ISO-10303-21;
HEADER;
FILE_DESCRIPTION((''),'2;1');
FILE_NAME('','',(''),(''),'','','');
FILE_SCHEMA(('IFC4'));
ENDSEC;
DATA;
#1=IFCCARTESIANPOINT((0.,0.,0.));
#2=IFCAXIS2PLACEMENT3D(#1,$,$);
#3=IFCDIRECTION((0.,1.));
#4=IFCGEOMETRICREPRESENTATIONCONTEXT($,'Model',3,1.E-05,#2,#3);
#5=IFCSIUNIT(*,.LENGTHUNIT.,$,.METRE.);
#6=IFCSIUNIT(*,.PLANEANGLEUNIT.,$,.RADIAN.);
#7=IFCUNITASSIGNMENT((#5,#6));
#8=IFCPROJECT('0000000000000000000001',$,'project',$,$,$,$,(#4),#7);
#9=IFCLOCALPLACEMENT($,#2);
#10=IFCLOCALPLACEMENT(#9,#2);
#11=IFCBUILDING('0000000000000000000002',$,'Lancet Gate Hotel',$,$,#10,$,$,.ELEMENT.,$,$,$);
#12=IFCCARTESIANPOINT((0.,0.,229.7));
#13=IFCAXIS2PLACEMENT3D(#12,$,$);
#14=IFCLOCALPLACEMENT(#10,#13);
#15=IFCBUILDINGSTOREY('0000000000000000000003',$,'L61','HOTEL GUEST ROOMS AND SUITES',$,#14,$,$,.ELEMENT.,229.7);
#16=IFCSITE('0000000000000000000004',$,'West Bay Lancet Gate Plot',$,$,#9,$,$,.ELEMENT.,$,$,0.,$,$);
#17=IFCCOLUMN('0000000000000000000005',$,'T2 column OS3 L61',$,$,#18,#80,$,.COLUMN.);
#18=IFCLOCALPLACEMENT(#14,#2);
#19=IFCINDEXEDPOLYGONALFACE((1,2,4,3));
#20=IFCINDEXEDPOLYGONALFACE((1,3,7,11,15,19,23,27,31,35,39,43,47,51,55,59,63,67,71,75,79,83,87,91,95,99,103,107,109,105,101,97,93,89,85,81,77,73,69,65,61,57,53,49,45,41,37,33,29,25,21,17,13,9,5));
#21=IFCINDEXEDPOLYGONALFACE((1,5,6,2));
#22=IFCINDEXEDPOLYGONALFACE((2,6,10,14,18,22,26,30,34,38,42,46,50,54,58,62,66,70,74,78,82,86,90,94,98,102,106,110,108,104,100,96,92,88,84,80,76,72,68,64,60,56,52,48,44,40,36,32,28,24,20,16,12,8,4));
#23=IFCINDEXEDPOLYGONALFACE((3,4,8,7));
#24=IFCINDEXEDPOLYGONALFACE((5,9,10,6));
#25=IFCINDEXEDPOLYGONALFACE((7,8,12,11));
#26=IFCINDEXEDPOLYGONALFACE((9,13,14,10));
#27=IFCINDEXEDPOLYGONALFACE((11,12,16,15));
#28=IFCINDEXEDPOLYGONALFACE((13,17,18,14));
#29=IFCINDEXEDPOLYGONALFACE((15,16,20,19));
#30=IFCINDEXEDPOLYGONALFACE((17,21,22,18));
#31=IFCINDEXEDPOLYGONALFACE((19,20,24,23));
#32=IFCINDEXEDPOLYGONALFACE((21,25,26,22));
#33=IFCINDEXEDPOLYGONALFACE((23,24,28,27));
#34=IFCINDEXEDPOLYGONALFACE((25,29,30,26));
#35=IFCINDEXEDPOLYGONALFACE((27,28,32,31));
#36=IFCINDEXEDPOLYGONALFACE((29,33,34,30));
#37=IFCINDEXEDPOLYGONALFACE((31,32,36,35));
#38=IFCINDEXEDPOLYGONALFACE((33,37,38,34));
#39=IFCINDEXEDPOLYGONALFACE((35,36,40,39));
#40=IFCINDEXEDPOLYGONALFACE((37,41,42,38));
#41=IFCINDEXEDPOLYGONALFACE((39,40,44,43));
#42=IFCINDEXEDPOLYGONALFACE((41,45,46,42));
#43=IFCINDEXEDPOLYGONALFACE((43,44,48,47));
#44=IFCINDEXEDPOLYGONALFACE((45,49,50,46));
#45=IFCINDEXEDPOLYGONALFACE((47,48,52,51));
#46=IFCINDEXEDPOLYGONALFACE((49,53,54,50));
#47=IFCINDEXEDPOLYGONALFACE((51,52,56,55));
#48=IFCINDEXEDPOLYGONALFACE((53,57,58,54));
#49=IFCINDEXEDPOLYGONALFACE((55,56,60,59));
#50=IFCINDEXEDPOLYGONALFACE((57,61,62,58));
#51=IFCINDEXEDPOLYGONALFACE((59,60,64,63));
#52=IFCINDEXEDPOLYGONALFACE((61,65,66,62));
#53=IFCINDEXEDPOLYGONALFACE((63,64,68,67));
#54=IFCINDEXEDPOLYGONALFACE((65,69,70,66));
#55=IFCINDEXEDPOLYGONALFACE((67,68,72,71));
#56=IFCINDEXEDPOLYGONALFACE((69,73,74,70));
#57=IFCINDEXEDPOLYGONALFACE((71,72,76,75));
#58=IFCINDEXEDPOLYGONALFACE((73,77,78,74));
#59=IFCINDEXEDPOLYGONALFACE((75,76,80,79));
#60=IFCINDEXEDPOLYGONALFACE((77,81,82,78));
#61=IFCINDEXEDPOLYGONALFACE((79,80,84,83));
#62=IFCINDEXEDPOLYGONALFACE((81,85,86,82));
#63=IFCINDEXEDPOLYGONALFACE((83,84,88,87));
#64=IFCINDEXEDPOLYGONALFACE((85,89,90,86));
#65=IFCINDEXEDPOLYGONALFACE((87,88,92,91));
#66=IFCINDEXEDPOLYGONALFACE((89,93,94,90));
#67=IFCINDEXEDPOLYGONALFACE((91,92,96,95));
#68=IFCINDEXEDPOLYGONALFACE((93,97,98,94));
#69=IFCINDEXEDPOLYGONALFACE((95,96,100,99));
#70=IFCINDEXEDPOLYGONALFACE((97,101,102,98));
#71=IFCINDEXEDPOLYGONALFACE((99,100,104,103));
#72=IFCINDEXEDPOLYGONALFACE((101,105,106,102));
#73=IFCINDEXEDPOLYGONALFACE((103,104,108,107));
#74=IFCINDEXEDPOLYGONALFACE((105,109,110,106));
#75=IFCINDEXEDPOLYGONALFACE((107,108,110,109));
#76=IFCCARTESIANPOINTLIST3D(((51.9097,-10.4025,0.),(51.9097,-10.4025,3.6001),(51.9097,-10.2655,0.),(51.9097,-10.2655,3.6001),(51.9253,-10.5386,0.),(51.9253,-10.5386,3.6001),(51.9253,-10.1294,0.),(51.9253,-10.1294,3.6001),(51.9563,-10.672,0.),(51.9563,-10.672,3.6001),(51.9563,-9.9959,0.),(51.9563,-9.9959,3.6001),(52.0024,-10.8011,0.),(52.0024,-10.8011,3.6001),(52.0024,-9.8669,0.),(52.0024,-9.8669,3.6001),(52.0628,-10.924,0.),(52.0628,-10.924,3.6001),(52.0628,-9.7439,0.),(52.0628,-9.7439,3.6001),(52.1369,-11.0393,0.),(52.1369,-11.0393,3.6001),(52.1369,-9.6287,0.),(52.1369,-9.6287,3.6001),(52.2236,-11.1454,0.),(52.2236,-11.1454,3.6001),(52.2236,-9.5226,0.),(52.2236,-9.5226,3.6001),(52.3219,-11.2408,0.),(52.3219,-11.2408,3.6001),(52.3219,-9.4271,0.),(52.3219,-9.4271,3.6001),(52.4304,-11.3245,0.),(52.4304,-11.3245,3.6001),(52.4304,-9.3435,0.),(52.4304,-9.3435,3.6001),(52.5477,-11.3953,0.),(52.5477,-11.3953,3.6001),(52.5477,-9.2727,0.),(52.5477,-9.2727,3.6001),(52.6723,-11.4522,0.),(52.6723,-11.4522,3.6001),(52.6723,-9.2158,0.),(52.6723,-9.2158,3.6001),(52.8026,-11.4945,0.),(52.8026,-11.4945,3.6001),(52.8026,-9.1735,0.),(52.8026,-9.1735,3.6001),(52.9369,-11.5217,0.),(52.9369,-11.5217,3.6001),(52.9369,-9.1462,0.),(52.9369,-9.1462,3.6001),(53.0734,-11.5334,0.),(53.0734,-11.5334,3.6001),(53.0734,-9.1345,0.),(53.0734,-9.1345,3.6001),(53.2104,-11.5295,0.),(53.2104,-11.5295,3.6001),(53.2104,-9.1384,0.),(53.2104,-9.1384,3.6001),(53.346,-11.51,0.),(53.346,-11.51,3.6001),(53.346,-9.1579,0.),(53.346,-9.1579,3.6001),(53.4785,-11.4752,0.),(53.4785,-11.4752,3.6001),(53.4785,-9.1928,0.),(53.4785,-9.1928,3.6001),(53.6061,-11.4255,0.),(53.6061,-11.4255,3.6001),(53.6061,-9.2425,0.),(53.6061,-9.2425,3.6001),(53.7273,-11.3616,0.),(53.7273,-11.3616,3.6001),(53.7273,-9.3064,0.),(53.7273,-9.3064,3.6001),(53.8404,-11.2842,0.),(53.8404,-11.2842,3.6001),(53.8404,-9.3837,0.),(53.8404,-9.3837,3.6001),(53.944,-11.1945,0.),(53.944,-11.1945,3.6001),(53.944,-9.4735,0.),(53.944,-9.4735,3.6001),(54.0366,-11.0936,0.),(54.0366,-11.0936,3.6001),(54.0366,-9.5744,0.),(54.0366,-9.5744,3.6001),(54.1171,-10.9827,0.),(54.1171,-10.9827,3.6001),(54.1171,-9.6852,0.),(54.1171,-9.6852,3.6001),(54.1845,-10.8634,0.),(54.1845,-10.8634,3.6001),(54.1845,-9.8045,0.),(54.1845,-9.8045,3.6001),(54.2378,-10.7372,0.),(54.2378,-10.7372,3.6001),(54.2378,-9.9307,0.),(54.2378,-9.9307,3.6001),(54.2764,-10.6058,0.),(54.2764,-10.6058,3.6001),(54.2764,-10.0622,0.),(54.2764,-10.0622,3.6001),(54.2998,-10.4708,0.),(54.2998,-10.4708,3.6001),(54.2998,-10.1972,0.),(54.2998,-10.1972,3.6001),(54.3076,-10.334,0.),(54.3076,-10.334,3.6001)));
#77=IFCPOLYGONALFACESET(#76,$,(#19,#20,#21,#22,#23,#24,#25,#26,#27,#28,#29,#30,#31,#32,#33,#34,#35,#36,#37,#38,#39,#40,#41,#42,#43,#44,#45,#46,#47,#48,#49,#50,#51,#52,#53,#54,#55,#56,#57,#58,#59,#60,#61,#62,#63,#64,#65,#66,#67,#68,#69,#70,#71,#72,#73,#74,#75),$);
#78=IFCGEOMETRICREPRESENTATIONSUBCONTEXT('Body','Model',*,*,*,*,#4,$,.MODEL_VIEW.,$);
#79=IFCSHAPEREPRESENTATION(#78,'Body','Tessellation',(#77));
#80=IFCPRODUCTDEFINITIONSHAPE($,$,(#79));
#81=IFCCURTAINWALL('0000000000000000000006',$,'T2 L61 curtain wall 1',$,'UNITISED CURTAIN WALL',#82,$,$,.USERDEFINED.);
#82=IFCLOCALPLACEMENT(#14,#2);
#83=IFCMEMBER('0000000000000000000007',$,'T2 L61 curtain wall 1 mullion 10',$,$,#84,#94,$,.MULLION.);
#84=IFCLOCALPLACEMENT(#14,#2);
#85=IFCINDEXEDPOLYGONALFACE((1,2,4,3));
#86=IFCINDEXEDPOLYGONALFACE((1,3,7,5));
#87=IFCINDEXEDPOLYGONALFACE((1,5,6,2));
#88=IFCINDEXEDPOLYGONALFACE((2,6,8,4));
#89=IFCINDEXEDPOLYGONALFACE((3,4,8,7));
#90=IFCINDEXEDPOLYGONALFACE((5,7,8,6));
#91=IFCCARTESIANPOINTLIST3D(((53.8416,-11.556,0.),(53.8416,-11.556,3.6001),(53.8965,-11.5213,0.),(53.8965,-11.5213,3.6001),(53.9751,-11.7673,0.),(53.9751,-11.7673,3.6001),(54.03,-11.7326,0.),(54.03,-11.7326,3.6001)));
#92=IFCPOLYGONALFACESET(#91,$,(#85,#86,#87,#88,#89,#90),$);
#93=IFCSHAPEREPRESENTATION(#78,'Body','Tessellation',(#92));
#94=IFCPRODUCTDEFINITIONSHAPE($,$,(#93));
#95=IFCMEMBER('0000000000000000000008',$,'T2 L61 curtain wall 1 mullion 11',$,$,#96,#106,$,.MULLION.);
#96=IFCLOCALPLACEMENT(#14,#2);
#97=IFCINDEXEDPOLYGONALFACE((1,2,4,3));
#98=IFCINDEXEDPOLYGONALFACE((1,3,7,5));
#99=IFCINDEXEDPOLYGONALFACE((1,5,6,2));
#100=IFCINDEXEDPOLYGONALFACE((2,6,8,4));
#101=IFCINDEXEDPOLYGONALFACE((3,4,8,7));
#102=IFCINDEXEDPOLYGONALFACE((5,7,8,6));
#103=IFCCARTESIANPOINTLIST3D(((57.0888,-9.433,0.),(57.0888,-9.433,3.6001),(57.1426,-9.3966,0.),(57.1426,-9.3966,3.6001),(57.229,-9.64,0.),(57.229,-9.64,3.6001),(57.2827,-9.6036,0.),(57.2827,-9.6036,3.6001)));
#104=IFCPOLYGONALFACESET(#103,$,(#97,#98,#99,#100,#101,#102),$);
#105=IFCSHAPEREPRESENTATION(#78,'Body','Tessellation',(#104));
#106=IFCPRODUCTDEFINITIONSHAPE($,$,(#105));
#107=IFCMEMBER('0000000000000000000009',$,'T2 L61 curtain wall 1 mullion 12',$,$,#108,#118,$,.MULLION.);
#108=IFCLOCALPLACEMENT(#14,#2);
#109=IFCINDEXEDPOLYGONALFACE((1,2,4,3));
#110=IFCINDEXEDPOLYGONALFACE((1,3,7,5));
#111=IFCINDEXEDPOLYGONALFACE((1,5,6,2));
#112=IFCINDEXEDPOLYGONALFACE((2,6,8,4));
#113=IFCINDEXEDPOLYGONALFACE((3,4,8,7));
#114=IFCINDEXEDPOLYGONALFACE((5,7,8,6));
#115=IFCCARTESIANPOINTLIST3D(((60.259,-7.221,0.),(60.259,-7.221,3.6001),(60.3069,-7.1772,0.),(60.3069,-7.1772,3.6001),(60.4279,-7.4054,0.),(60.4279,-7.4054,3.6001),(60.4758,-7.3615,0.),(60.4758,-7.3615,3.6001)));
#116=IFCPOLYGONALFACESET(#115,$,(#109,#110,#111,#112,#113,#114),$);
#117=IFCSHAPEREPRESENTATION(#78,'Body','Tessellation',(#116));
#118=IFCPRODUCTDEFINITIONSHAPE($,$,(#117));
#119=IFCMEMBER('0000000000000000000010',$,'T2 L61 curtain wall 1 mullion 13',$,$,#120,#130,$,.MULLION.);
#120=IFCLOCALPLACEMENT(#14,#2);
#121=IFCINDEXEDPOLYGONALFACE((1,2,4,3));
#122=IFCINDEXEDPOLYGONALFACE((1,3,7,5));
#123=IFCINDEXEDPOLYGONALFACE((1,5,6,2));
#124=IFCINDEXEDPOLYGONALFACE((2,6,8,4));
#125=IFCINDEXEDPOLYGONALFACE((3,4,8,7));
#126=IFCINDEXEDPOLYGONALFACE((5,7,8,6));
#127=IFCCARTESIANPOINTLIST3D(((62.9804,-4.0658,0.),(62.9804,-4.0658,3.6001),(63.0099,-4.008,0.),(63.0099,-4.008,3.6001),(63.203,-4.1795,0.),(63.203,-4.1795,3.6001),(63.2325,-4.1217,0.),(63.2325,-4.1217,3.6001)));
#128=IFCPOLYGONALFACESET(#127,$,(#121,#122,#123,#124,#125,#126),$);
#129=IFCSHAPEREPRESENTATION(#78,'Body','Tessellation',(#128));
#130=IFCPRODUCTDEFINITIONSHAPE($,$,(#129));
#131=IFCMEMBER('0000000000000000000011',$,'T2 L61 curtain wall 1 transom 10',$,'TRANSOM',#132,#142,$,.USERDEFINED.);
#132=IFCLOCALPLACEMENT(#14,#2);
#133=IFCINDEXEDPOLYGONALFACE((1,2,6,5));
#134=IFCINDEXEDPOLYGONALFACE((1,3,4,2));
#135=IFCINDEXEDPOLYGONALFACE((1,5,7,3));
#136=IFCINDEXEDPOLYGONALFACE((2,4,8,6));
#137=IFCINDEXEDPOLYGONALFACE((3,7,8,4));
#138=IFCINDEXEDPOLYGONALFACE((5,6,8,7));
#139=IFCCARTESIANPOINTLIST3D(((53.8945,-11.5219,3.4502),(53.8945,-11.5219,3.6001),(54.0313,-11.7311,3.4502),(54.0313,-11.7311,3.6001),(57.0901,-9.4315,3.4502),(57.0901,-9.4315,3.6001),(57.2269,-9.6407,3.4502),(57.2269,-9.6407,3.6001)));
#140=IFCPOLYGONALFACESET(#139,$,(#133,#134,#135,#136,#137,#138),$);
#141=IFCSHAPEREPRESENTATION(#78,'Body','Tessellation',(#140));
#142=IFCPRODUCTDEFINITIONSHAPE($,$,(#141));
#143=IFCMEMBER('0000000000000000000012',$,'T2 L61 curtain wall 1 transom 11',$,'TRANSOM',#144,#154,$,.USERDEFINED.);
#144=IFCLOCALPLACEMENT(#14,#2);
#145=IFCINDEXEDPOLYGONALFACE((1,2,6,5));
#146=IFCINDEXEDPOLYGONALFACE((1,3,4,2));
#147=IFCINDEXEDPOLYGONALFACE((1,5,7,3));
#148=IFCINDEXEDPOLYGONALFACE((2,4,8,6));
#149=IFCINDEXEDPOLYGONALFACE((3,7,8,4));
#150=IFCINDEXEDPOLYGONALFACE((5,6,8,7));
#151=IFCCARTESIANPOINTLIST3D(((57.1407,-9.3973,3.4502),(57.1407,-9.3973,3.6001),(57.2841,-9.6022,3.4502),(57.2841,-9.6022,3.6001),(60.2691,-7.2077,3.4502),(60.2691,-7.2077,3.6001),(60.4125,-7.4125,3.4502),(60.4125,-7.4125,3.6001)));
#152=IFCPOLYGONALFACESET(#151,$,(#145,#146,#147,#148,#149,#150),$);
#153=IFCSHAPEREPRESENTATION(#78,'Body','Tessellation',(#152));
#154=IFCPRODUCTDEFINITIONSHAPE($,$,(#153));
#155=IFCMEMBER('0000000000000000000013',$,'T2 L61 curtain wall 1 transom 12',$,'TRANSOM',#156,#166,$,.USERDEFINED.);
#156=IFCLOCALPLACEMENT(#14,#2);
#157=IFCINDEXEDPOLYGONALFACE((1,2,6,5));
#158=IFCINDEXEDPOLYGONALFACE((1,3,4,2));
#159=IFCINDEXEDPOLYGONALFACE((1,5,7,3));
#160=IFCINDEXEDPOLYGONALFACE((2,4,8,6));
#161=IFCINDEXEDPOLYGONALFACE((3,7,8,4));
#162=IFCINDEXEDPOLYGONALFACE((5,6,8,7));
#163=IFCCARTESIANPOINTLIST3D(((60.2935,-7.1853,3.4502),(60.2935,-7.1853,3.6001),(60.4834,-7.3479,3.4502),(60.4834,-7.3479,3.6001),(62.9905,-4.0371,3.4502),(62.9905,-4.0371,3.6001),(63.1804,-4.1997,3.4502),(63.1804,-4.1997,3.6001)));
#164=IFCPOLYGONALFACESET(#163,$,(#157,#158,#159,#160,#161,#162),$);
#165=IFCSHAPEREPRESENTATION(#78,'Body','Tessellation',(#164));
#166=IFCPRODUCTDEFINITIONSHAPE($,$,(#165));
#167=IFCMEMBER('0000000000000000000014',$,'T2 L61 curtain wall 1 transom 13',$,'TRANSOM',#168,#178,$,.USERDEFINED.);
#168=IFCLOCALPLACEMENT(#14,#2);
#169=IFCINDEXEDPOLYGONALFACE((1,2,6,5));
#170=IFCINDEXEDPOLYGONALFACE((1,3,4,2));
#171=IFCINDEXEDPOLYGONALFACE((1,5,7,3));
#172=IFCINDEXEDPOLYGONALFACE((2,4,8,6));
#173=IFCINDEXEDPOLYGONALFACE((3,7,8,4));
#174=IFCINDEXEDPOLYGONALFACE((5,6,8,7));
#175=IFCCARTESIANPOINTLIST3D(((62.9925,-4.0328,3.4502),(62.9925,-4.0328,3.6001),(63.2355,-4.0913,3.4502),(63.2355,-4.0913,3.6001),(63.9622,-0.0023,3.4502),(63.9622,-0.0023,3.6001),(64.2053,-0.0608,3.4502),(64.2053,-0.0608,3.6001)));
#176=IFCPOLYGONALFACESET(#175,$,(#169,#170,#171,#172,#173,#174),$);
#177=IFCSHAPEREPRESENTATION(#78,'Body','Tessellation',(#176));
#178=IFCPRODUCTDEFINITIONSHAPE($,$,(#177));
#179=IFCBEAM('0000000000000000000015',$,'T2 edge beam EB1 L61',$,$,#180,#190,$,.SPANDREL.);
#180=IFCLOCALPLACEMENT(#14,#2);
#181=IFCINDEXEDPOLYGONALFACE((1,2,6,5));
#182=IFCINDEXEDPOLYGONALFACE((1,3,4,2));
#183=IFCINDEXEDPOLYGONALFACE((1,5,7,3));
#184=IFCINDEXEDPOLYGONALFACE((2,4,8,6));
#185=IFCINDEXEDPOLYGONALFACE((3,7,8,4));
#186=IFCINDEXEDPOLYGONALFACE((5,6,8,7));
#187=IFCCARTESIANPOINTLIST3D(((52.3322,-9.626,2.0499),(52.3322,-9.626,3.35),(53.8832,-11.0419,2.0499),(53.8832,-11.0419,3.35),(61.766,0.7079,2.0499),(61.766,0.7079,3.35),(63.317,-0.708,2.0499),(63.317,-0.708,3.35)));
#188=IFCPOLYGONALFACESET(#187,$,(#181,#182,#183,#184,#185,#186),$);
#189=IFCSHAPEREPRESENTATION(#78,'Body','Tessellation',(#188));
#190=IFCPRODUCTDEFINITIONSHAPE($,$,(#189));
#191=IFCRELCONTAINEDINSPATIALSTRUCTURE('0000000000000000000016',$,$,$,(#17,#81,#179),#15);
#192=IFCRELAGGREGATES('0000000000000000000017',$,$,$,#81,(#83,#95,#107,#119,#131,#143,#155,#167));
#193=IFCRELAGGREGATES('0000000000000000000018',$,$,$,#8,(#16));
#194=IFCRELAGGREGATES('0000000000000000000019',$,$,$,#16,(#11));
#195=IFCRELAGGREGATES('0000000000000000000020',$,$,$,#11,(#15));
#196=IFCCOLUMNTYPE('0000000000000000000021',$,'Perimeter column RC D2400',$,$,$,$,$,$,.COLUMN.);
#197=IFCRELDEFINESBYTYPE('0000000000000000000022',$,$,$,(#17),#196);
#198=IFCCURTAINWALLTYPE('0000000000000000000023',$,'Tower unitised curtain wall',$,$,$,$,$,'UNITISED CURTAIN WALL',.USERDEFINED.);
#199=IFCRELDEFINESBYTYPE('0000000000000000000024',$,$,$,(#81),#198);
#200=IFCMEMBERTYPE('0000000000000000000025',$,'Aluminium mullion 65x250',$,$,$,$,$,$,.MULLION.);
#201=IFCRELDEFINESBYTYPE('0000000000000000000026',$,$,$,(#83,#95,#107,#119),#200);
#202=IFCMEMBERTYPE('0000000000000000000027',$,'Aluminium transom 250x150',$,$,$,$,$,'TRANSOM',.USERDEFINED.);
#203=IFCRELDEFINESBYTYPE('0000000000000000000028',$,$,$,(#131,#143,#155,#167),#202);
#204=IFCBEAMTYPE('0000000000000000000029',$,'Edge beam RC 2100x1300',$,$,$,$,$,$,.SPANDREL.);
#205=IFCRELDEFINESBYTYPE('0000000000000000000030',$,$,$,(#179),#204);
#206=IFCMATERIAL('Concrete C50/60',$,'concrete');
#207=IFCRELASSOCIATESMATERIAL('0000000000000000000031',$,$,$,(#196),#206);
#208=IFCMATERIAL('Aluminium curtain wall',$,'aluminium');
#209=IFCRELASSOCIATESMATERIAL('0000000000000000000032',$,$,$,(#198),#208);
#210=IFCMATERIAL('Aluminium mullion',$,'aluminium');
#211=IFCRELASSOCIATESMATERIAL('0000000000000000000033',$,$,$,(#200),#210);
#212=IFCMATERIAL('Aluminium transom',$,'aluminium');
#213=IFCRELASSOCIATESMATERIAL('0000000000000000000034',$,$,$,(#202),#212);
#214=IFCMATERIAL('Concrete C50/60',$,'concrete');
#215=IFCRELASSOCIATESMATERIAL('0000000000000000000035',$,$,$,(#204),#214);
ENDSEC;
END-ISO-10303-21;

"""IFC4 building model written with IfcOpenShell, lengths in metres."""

from ifc_helpers import new_model, si_unit, direction, frame, origin, origin_2d, place, context, subcontext, project, spatial, rectangle, circle, extrude, material, material_profile, profile_set, type_object, element, aggregate, save


model = new_model("IFC4")

# Units and contexts
model_context = context("Model", 3, precision=1e-05, world=origin(), true_north=direction((0.0, 1.0)))
body_context = subcontext(model_context, "Body", "Model", "MODEL_VIEW")
ifc_project = project(units=[si_unit("LENGTHUNIT", "METRE"), si_unit("PLANEANGLEUNIT", "RADIAN")], contexts=[model_context])

# Site, building, storey
site_placement = place(None, origin())
site = spatial("IfcSite", under=ifc_project, at=site_placement, Name="West Bay Lancet Gate Plot", CompositionType="ELEMENT", RefElevation=0.0)
building_placement = place(site_placement, origin())
building = spatial("IfcBuilding", under=site, at=building_placement, Name="Lancet Gate Hotel", CompositionType="ELEMENT")
storey_placement = place(building_placement, frame((0.0, 0.0, 229.7)))
storey = spatial("IfcBuildingStorey", under=building, at=storey_placement, Name="L61", Description="HOTEL GUEST ROOMS AND SUITES", CompositionType="ELEMENT", Elevation=229.7)

# Column
ifc_material_1 = material(Name="Concrete C50/60", Category="concrete")
ifc_material_profile_1 = material_profile(ifc_material_1, circle(Radius=1.2, at=origin_2d()), Name="RC D2400")
ifc_profile_set_1 = profile_set([ifc_material_profile_1], Name="Concrete C50/60")
column_type = type_object("IfcColumnType", Name="Perimeter column RC D2400", PredefinedType="COLUMN", material=ifc_profile_set_1)
column_placement = place(storey_placement, frame((53.1077, -10.334, 0.0), z_axis=(0.0, 0.0, 1.0), x_axis=(1.0, 0.0, 0.0)))
element("IfcColumn", 1, at=column_placement, inside=storey, type_object=column_type, Name="T2 column OS3 L61", PredefinedType="COLUMN", context=body_context, shape_type="SweptSolid", body=[
    extrude(circle(Radius=1.2, at=origin_2d()), origin(), (0.0, 0.0, 1.0), 3.6001),
])

# Curtain wall, members
ifc_material_2 = material(Name="Aluminium curtain wall", Category="aluminium")
curtain_wall_type = type_object("IfcCurtainWallType", Name="Tower unitised curtain wall", ElementType="UNITISED CURTAIN WALL", PredefinedType="USERDEFINED", material=ifc_material_2)
curtain_wall_placement = place(storey_placement, origin())
curtain_wall = element("IfcCurtainWall", 2, at=curtain_wall_placement, inside=storey, type_object=curtain_wall_type, Name="T2 L61 curtain wall 1", ObjectType="UNITISED CURTAIN WALL", PredefinedType="USERDEFINED")
ifc_material_3 = material(Name="Aluminium mullion", Category="aluminium")
ifc_material_profile_2 = material_profile(ifc_material_3, rectangle(XDim=0.0649, YDim=0.25, at=origin_2d()), Name="MULLION 65x250")
ifc_profile_set_2 = profile_set([ifc_material_profile_2], Name="Aluminium mullion")
member_type_1 = type_object("IfcMemberType", Name="Aluminium mullion 65x250", PredefinedType="MULLION", material=ifc_profile_set_2)
member_1_placement = place(storey_placement, frame((53.9358, -11.6443, 0.0), z_axis=(0.0, 0.0, 1.0), x_axis=(0.84534, 0.534229, 0.0)))
member_1 = element("IfcMember", 3, at=member_1_placement, type_object=member_type_1, Name="T2 L61 curtain wall 1 mullion 10", PredefinedType="MULLION", context=body_context, shape_type="SweptSolid", body=[
    extrude(rectangle(XDim=0.0649, YDim=0.25, at=origin_2d()), origin(), (0.0, 0.0, 1.0), 3.6001),
])
member_2_placement = place(storey_placement, frame((57.1858, -9.5183, 0.0), z_axis=(0.0, 0.0, 1.0), x_axis=(0.828155, 0.5605, 0.0)))
member_2 = element("IfcMember", 4, at=member_2_placement, type_object=member_type_1, Name="T2 L61 curtain wall 1 mullion 11", PredefinedType="MULLION", context=body_context, shape_type="SweptSolid", body=[
    extrude(rectangle(XDim=0.0649, YDim=0.25, at=origin_2d()), origin(), (0.0, 0.0, 1.0), 3.6001),
])
member_3_placement = place(storey_placement, frame((60.3674, -7.2913, 0.0), z_axis=(0.0, 0.0, 1.0), x_axis=(0.737323, 0.67554, 0.0)))
member_3 = element("IfcMember", 5, at=member_3_placement, type_object=member_type_1, Name="T2 L61 curtain wall 1 mullion 12", PredefinedType="MULLION", context=body_context, shape_type="SweptSolid", body=[
    extrude(rectangle(XDim=0.0649, YDim=0.25, at=origin_2d()), origin(), (0.0, 0.0, 1.0), 3.6001),
])
member_4_placement = place(storey_placement, frame((63.1064, -4.0938, 0.0), z_axis=(0.0, 0.0, 1.0), x_axis=(0.454853, 0.890567, 0.0)))
member_4 = element("IfcMember", 6, at=member_4_placement, type_object=member_type_1, Name="T2 L61 curtain wall 1 mullion 13", PredefinedType="MULLION", context=body_context, shape_type="SweptSolid", body=[
    extrude(rectangle(XDim=0.0649, YDim=0.25, at=origin_2d()), origin(), (0.0, 0.0, 1.0), 3.6001),
])
ifc_material_4 = material(Name="Aluminium transom", Category="aluminium")
ifc_material_profile_3 = material_profile(ifc_material_4, rectangle(XDim=0.25, YDim=0.1499, at=origin_2d()), Name="TRANSOM 250x150")
ifc_profile_set_3 = profile_set([ifc_material_profile_3], Name="Aluminium transom")
member_type_2 = type_object("IfcMemberType", Name="Aluminium transom 250x150", ElementType="TRANSOM", PredefinedType="USERDEFINED", material=ifc_profile_set_3)
member_5_placement = place(storey_placement, frame((53.9629, -11.6265, 3.5251), z_axis=(0.836858, 0.54742, 0.0), x_axis=(-0.54742, 0.836858, 0.0)))
member_5 = element("IfcMember", 7, at=member_5_placement, type_object=member_type_2, Name="T2 L61 curtain wall 1 transom 10", ObjectType="TRANSOM", PredefinedType="USERDEFINED", context=body_context, shape_type="SweptSolid", body=[
    extrude(rectangle(XDim=0.25, YDim=0.1499, at=origin_2d()), origin(), (0.0, 0.0, 1.0), 3.8186),
])
member_6_placement = place(storey_placement, frame((57.2124, -9.4998, 3.5251), z_axis=(0.819256, 0.573428, 0.0), x_axis=(-0.573428, 0.819256, 0.0)))
member_6 = element("IfcMember", 8, at=member_6_placement, type_object=member_type_2, Name="T2 L61 curtain wall 1 transom 11", ObjectType="TRANSOM", PredefinedType="USERDEFINED", context=body_context, shape_type="SweptSolid", body=[
    extrude(rectangle(XDim=0.25, YDim=0.1499, at=origin_2d()), origin(), (0.0, 0.0, 1.0), 3.8186),
])
member_7_placement = place(storey_placement, frame((60.3884, -7.2666, 3.5251), z_axis=(0.650593, 0.759427, 0.0), x_axis=(-0.759427, 0.650593, 0.0)))
member_7 = element("IfcMember", 9, at=member_7_placement, type_object=member_type_2, Name="T2 L61 curtain wall 1 transom 12", ObjectType="TRANSOM", PredefinedType="USERDEFINED", context=body_context, shape_type="SweptSolid", body=[
    extrude(rectangle(XDim=0.25, YDim=0.1499, at=origin_2d()), origin(), (0.0, 0.0, 1.0), 4.1455),
])
member_8_placement = place(storey_placement, frame((63.114, -4.062, 3.5251), z_axis=(0.233921, 0.972256, 0.0), x_axis=(-0.972256, 0.233921, 0.0)))
member_8 = element("IfcMember", 10, at=member_8_placement, type_object=member_type_2, Name="T2 L61 curtain wall 1 transom 13", ObjectType="TRANSOM", PredefinedType="USERDEFINED", context=body_context, shape_type="SweptSolid", body=[
    extrude(rectangle(XDim=0.25, YDim=0.1499, at=origin_2d()), origin(), (0.0, 0.0, 1.0), 4.1455),
])

# Beam
ifc_material_5 = material(Name="Concrete C50/60", Category="concrete")
ifc_material_profile_4 = material_profile(ifc_material_5, rectangle(XDim=2.1001, YDim=1.3, at=origin_2d()), Name="RC 2100x1300")
ifc_profile_set_4 = profile_set([ifc_material_profile_4], Name="Concrete C50/60")
beam_type_1 = type_object("IfcBeamType", Name="Edge beam RC 2100x1300", PredefinedType="SPANDREL", material=ifc_profile_set_4)
beam_1_placement = place(storey_placement, frame((53.1077, -10.334, 2.7), z_axis=(0.674209, 0.73854, 0.0), x_axis=(-0.73854, 0.674209, 0.0)))
element("IfcBeam", 11, at=beam_1_placement, inside=storey, type_object=beam_type_1, Name="T2 edge beam EB1 L61", PredefinedType="SPANDREL", context=body_context, shape_type="SweptSolid", body=[
    extrude(rectangle(XDim=2.1001, YDim=1.3, at=origin_2d()), origin(), (0.0, 0.0, 1.0), 13.9924),
])

aggregate(curtain_wall, [member_1, member_2, member_3, member_4, member_5, member_6, member_7, member_8])

save(model, "model.ifc")
